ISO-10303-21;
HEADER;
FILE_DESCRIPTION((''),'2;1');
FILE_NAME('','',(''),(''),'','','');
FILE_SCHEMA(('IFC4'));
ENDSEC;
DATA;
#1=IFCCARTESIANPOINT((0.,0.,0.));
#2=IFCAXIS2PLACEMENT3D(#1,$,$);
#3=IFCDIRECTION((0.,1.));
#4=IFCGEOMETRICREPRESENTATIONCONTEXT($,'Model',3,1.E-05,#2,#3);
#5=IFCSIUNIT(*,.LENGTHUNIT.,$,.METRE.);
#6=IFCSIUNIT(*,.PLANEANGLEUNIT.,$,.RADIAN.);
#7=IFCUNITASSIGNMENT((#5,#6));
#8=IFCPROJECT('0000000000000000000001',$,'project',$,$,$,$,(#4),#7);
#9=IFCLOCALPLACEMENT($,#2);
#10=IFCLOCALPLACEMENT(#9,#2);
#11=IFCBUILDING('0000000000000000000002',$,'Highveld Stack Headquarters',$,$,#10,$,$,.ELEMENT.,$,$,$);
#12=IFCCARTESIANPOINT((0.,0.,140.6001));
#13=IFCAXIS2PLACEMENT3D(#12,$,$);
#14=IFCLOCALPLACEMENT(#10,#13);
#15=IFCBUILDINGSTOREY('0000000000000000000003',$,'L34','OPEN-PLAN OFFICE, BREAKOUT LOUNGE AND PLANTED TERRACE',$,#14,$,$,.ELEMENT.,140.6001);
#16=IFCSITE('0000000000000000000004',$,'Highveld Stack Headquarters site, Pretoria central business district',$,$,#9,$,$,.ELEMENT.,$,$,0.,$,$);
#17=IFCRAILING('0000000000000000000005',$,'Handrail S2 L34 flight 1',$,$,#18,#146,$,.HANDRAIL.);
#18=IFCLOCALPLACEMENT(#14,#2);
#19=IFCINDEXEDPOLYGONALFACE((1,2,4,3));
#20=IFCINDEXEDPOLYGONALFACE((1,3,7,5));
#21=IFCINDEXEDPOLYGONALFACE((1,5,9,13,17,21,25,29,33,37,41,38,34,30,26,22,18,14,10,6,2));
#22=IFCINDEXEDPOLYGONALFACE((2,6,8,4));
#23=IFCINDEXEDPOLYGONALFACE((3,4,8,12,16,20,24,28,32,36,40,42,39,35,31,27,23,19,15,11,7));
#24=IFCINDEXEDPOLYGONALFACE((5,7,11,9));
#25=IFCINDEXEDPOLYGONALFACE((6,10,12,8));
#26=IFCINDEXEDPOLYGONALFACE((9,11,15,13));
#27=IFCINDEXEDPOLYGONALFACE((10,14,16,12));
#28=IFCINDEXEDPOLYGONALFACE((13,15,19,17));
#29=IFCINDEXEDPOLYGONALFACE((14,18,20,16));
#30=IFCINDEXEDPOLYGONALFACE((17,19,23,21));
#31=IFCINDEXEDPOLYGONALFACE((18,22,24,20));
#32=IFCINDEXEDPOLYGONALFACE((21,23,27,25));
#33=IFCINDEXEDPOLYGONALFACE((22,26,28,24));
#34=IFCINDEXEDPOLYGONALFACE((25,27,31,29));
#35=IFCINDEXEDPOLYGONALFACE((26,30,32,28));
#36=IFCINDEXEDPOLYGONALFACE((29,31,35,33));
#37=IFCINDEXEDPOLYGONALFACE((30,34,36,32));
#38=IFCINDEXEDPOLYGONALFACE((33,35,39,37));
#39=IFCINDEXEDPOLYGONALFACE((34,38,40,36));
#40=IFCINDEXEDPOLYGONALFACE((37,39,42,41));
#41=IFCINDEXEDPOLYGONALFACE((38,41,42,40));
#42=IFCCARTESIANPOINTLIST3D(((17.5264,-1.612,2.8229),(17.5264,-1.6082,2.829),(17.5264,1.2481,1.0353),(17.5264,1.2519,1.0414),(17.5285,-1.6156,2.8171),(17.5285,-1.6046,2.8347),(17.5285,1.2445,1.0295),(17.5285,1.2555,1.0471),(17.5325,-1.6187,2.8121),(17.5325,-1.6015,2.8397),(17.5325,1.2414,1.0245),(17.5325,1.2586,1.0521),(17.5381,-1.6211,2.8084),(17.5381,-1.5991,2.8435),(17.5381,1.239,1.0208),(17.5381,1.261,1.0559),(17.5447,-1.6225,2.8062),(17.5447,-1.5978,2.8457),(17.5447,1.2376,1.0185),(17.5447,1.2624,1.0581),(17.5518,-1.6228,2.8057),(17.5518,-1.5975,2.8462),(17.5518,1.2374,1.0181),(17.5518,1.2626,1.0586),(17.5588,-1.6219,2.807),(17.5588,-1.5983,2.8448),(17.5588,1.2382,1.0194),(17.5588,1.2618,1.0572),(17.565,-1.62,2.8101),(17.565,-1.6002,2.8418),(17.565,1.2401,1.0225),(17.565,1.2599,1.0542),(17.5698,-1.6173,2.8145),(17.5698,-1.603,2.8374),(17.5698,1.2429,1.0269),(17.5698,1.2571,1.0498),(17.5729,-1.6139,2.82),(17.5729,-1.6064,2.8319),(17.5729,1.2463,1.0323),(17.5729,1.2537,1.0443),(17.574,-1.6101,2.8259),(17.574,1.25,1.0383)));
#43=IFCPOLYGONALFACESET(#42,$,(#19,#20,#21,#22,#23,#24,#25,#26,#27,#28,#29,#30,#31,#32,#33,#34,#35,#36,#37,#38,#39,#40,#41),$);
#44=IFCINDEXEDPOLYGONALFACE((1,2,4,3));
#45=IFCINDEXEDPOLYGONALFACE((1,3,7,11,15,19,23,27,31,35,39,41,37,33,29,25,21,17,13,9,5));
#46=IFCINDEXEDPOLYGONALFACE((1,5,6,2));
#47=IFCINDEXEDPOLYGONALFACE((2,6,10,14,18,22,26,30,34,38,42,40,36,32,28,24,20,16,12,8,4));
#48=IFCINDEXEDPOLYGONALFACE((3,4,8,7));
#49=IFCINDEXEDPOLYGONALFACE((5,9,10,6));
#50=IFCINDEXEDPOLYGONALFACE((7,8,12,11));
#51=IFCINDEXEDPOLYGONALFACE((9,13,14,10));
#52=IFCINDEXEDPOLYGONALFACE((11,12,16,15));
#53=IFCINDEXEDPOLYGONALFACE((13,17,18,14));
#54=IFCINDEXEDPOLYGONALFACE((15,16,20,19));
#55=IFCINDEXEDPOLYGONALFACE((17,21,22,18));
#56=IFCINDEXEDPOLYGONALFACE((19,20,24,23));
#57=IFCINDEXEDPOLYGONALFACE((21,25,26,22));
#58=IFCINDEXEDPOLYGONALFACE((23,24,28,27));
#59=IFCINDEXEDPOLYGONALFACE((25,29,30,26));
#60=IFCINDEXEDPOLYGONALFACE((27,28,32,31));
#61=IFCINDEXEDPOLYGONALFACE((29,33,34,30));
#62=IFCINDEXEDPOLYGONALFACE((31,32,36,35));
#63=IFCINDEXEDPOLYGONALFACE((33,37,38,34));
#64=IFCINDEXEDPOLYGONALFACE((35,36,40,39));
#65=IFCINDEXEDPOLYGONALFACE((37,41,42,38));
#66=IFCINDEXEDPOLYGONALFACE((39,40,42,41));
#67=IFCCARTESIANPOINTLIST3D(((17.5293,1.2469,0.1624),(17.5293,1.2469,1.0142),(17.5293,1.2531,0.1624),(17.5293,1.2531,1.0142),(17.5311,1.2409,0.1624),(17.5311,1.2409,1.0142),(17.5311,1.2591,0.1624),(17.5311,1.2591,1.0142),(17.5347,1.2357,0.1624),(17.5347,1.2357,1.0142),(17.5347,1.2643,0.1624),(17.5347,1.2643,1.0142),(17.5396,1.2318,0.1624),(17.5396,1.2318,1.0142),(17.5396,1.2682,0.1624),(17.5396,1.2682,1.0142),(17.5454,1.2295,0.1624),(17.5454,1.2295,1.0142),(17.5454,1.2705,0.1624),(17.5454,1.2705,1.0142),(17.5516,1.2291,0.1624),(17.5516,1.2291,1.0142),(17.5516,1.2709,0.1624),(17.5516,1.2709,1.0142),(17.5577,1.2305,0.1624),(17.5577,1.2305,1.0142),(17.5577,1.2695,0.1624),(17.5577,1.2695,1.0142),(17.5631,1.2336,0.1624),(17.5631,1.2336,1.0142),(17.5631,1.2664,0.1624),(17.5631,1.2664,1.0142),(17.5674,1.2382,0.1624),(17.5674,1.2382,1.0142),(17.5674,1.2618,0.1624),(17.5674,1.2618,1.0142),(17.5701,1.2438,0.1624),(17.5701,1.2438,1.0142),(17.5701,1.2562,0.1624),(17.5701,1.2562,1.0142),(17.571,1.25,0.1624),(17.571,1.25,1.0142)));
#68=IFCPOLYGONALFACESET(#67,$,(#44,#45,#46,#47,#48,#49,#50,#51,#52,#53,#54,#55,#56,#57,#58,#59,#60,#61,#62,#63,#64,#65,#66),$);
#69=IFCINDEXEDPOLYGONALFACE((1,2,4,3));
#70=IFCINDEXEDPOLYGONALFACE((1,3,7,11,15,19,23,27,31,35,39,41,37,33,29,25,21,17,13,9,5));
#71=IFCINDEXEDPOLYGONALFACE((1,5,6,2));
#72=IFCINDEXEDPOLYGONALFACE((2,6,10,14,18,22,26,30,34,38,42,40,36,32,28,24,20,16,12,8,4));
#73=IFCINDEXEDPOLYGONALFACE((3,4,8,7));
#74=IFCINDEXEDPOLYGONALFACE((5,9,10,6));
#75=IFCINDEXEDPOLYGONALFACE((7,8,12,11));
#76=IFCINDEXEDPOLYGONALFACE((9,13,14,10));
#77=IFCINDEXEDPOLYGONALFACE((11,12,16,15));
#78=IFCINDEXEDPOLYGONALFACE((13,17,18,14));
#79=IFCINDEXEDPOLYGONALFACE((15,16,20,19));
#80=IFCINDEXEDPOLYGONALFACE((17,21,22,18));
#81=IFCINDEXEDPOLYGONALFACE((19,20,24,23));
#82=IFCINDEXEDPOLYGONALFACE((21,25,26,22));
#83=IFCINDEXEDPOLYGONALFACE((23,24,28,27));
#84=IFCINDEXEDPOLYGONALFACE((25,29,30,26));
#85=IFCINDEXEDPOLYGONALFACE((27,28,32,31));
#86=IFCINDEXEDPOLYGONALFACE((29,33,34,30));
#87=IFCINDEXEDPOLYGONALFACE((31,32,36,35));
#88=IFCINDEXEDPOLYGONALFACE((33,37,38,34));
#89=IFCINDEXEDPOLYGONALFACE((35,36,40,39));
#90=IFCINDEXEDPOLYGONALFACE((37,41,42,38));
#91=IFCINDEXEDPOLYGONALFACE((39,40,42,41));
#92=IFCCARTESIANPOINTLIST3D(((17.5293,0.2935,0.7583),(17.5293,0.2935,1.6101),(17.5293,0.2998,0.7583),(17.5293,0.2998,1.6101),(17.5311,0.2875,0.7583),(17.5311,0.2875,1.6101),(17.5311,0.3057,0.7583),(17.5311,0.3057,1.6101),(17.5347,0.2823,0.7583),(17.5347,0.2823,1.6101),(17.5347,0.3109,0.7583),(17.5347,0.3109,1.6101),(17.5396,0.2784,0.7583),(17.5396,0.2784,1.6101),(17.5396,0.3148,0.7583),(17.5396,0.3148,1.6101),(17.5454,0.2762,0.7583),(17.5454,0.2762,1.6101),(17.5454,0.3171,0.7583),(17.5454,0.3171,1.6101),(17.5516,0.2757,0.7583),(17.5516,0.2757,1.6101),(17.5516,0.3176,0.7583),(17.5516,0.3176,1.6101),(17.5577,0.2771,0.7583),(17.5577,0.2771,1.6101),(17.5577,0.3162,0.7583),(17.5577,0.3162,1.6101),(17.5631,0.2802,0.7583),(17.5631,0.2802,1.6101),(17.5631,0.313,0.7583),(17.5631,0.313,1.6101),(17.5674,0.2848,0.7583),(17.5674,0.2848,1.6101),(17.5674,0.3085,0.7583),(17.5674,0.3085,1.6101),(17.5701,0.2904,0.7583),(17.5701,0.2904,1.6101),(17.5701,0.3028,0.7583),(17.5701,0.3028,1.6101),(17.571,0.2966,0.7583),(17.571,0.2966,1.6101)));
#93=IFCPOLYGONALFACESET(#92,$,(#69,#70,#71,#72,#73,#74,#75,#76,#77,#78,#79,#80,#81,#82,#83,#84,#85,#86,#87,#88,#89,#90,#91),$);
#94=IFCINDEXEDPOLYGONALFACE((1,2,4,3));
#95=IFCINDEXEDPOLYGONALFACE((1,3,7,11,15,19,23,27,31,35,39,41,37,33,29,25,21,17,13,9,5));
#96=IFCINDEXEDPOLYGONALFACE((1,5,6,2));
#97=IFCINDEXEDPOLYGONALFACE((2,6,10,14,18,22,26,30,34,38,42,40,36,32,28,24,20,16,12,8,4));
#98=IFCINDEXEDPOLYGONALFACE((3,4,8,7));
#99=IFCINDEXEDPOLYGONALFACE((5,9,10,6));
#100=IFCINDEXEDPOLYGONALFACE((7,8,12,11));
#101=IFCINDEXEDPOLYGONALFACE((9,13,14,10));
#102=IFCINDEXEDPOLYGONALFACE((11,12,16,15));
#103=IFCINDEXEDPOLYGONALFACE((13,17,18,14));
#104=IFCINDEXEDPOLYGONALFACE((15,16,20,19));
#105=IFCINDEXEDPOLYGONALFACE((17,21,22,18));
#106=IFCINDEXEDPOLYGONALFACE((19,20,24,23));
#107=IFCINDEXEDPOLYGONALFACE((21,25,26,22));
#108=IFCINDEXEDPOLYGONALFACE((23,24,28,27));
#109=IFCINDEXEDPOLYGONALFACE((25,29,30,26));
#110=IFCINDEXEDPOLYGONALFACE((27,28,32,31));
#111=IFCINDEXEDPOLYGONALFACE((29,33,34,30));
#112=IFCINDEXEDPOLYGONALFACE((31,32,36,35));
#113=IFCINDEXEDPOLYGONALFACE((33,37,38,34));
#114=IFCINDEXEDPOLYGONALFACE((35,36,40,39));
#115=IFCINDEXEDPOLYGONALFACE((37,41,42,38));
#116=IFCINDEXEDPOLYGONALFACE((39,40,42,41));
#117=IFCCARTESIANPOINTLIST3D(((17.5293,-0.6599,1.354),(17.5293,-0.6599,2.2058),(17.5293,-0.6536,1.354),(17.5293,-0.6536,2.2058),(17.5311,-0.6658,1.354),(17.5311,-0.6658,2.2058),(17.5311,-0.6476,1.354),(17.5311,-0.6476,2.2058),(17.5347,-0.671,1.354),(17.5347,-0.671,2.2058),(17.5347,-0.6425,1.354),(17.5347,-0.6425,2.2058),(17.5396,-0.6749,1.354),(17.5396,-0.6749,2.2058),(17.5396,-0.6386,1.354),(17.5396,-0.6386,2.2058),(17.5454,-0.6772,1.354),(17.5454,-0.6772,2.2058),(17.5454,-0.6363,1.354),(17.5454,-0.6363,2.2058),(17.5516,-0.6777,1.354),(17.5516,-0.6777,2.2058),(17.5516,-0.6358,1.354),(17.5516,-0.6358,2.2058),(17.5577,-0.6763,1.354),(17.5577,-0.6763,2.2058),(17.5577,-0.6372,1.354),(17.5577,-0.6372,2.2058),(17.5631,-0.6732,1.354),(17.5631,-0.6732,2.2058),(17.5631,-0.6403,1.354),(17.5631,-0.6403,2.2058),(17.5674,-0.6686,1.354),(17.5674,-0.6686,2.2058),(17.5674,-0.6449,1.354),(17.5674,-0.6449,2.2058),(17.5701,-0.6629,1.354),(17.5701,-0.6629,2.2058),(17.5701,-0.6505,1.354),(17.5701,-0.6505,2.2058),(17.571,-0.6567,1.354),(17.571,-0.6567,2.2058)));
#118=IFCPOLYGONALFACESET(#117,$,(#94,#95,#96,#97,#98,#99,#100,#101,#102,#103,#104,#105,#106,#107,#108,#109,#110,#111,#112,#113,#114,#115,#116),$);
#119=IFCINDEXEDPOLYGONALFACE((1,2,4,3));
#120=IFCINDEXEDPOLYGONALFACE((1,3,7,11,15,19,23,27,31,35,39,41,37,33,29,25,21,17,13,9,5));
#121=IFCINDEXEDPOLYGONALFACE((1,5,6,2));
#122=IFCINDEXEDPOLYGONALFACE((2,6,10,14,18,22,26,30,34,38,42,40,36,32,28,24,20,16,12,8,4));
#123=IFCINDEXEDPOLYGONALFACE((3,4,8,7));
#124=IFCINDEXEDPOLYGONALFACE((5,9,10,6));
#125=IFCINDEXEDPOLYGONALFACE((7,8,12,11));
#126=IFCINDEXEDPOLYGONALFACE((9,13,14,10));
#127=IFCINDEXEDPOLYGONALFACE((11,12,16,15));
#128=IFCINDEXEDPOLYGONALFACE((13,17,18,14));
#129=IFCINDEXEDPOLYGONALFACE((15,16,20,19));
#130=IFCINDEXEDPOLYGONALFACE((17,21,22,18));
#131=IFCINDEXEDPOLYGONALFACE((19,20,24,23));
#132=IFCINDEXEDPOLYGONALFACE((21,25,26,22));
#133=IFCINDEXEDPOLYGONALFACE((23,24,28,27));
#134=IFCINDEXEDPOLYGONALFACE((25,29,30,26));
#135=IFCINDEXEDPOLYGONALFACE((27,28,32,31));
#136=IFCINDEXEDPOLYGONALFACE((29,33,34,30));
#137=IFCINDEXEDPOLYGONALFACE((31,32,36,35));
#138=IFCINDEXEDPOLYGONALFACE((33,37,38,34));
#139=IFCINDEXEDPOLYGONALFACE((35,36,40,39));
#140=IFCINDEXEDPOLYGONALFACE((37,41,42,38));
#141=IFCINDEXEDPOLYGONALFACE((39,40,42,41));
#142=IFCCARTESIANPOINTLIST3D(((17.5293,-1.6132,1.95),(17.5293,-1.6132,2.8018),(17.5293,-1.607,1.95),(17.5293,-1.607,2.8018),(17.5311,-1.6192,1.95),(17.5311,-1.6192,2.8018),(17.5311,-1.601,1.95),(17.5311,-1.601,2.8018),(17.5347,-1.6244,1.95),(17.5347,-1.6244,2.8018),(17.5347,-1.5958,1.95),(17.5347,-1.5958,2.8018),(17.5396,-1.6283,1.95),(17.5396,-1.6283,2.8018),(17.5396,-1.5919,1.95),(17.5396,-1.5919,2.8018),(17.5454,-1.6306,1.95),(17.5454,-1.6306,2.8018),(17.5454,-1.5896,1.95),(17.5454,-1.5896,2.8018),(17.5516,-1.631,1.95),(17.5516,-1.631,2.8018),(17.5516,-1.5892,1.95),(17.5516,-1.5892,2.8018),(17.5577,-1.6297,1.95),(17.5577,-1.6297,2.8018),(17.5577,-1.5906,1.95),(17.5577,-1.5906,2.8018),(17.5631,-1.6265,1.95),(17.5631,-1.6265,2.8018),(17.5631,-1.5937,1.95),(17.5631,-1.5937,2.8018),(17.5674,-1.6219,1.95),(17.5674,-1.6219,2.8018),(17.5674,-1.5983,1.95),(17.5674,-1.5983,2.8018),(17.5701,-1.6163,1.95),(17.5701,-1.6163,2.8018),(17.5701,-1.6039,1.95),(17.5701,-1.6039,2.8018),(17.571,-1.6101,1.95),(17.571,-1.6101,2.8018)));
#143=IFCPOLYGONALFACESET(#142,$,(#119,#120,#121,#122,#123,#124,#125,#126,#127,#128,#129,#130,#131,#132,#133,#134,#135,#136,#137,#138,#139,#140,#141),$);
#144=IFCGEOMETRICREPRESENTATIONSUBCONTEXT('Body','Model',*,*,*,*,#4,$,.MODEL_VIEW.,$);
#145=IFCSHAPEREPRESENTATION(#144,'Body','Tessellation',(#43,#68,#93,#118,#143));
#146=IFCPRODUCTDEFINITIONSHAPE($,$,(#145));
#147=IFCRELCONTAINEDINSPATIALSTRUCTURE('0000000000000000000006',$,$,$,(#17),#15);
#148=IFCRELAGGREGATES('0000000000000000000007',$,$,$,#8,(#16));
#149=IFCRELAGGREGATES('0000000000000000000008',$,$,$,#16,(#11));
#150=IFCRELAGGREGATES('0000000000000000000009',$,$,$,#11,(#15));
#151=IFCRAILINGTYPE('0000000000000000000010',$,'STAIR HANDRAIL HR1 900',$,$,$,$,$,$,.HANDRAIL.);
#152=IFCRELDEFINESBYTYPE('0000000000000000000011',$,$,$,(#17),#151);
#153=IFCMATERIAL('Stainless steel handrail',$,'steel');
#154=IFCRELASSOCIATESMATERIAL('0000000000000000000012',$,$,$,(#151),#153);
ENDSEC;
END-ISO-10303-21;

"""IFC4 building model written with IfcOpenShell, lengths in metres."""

from ifc_helpers import new_model, si_unit, direction, frame, origin, origin_2d, place, context, subcontext, project, spatial, circle, extrude, material, type_object, element, save


model = new_model("IFC4")

# Units and contexts
model_context = context("Model", 3, precision=1e-05, world=origin(), true_north=direction((0.0, 1.0)))
body_context = subcontext(model_context, "Body", "Model", "MODEL_VIEW")
ifc_project = project(units=[si_unit("LENGTHUNIT", "METRE"), si_unit("PLANEANGLEUNIT", "RADIAN")], contexts=[model_context])

# Site, building, storey
site_placement = place(None, origin())
site = spatial("IfcSite", under=ifc_project, at=site_placement, Name="Highveld Stack Headquarters site, Pretoria central business district", CompositionType="ELEMENT", RefElevation=0.0)
building_placement = place(site_placement, origin())
building = spatial("IfcBuilding", under=site, at=building_placement, Name="Highveld Stack Headquarters", CompositionType="ELEMENT")
storey_placement = place(building_placement, frame((0.0, 0.0, 140.6001)))
storey = spatial("IfcBuildingStorey", under=building, at=storey_placement, Name="L34", Description="OPEN-PLAN OFFICE, BREAKOUT LOUNGE AND PLANTED TERRACE", CompositionType="ELEMENT", Elevation=140.6001)

# Railing
ifc_material_1 = material(Name="Stainless steel handrail", Category="steel")
railing_type = type_object("IfcRailingType", Name="STAIR HANDRAIL HR1 900", PredefinedType="HANDRAIL", material=ifc_material_1)
for number, where, name in (
    (1, (17.55, 1.25, 0.1624), "Handrail S2 L34 flight 1"),
):
    element("IfcRailing", number, at=place(storey_placement, frame(where)), inside=storey, type_object=railing_type, Name=name, PredefinedType="HANDRAIL", context=body_context, shape_type="SweptSolid", body=[
        extrude(circle(Radius=0.0239, at=origin_2d()), frame((0.0, 0.0, 0.876), z_axis=(0.0, -0.847994, 0.530005), x_axis=(1.0, 0.0, 0.0)), (0.0, 0.0, 1.0), 3.3728),
        extrude(circle(Radius=0.021, at=origin_2d()), origin(), (0.0, 0.0, 1.0), 0.8518),
        extrude(circle(Radius=0.021, at=origin_2d()), frame((0.0, -0.9534, 0.5959)), (0.0, 0.0, 1.0), 0.8518),
        extrude(circle(Radius=0.021, at=origin_2d()), frame((0.0, -1.9067, 1.1917)), (0.0, 0.0, 1.0), 0.8518),
        extrude(circle(Radius=0.021, at=origin_2d()), frame((0.0, -2.8601, 1.7876)), (0.0, 0.0, 1.0), 0.8518),
    ])

save(model, "model.ifc")
